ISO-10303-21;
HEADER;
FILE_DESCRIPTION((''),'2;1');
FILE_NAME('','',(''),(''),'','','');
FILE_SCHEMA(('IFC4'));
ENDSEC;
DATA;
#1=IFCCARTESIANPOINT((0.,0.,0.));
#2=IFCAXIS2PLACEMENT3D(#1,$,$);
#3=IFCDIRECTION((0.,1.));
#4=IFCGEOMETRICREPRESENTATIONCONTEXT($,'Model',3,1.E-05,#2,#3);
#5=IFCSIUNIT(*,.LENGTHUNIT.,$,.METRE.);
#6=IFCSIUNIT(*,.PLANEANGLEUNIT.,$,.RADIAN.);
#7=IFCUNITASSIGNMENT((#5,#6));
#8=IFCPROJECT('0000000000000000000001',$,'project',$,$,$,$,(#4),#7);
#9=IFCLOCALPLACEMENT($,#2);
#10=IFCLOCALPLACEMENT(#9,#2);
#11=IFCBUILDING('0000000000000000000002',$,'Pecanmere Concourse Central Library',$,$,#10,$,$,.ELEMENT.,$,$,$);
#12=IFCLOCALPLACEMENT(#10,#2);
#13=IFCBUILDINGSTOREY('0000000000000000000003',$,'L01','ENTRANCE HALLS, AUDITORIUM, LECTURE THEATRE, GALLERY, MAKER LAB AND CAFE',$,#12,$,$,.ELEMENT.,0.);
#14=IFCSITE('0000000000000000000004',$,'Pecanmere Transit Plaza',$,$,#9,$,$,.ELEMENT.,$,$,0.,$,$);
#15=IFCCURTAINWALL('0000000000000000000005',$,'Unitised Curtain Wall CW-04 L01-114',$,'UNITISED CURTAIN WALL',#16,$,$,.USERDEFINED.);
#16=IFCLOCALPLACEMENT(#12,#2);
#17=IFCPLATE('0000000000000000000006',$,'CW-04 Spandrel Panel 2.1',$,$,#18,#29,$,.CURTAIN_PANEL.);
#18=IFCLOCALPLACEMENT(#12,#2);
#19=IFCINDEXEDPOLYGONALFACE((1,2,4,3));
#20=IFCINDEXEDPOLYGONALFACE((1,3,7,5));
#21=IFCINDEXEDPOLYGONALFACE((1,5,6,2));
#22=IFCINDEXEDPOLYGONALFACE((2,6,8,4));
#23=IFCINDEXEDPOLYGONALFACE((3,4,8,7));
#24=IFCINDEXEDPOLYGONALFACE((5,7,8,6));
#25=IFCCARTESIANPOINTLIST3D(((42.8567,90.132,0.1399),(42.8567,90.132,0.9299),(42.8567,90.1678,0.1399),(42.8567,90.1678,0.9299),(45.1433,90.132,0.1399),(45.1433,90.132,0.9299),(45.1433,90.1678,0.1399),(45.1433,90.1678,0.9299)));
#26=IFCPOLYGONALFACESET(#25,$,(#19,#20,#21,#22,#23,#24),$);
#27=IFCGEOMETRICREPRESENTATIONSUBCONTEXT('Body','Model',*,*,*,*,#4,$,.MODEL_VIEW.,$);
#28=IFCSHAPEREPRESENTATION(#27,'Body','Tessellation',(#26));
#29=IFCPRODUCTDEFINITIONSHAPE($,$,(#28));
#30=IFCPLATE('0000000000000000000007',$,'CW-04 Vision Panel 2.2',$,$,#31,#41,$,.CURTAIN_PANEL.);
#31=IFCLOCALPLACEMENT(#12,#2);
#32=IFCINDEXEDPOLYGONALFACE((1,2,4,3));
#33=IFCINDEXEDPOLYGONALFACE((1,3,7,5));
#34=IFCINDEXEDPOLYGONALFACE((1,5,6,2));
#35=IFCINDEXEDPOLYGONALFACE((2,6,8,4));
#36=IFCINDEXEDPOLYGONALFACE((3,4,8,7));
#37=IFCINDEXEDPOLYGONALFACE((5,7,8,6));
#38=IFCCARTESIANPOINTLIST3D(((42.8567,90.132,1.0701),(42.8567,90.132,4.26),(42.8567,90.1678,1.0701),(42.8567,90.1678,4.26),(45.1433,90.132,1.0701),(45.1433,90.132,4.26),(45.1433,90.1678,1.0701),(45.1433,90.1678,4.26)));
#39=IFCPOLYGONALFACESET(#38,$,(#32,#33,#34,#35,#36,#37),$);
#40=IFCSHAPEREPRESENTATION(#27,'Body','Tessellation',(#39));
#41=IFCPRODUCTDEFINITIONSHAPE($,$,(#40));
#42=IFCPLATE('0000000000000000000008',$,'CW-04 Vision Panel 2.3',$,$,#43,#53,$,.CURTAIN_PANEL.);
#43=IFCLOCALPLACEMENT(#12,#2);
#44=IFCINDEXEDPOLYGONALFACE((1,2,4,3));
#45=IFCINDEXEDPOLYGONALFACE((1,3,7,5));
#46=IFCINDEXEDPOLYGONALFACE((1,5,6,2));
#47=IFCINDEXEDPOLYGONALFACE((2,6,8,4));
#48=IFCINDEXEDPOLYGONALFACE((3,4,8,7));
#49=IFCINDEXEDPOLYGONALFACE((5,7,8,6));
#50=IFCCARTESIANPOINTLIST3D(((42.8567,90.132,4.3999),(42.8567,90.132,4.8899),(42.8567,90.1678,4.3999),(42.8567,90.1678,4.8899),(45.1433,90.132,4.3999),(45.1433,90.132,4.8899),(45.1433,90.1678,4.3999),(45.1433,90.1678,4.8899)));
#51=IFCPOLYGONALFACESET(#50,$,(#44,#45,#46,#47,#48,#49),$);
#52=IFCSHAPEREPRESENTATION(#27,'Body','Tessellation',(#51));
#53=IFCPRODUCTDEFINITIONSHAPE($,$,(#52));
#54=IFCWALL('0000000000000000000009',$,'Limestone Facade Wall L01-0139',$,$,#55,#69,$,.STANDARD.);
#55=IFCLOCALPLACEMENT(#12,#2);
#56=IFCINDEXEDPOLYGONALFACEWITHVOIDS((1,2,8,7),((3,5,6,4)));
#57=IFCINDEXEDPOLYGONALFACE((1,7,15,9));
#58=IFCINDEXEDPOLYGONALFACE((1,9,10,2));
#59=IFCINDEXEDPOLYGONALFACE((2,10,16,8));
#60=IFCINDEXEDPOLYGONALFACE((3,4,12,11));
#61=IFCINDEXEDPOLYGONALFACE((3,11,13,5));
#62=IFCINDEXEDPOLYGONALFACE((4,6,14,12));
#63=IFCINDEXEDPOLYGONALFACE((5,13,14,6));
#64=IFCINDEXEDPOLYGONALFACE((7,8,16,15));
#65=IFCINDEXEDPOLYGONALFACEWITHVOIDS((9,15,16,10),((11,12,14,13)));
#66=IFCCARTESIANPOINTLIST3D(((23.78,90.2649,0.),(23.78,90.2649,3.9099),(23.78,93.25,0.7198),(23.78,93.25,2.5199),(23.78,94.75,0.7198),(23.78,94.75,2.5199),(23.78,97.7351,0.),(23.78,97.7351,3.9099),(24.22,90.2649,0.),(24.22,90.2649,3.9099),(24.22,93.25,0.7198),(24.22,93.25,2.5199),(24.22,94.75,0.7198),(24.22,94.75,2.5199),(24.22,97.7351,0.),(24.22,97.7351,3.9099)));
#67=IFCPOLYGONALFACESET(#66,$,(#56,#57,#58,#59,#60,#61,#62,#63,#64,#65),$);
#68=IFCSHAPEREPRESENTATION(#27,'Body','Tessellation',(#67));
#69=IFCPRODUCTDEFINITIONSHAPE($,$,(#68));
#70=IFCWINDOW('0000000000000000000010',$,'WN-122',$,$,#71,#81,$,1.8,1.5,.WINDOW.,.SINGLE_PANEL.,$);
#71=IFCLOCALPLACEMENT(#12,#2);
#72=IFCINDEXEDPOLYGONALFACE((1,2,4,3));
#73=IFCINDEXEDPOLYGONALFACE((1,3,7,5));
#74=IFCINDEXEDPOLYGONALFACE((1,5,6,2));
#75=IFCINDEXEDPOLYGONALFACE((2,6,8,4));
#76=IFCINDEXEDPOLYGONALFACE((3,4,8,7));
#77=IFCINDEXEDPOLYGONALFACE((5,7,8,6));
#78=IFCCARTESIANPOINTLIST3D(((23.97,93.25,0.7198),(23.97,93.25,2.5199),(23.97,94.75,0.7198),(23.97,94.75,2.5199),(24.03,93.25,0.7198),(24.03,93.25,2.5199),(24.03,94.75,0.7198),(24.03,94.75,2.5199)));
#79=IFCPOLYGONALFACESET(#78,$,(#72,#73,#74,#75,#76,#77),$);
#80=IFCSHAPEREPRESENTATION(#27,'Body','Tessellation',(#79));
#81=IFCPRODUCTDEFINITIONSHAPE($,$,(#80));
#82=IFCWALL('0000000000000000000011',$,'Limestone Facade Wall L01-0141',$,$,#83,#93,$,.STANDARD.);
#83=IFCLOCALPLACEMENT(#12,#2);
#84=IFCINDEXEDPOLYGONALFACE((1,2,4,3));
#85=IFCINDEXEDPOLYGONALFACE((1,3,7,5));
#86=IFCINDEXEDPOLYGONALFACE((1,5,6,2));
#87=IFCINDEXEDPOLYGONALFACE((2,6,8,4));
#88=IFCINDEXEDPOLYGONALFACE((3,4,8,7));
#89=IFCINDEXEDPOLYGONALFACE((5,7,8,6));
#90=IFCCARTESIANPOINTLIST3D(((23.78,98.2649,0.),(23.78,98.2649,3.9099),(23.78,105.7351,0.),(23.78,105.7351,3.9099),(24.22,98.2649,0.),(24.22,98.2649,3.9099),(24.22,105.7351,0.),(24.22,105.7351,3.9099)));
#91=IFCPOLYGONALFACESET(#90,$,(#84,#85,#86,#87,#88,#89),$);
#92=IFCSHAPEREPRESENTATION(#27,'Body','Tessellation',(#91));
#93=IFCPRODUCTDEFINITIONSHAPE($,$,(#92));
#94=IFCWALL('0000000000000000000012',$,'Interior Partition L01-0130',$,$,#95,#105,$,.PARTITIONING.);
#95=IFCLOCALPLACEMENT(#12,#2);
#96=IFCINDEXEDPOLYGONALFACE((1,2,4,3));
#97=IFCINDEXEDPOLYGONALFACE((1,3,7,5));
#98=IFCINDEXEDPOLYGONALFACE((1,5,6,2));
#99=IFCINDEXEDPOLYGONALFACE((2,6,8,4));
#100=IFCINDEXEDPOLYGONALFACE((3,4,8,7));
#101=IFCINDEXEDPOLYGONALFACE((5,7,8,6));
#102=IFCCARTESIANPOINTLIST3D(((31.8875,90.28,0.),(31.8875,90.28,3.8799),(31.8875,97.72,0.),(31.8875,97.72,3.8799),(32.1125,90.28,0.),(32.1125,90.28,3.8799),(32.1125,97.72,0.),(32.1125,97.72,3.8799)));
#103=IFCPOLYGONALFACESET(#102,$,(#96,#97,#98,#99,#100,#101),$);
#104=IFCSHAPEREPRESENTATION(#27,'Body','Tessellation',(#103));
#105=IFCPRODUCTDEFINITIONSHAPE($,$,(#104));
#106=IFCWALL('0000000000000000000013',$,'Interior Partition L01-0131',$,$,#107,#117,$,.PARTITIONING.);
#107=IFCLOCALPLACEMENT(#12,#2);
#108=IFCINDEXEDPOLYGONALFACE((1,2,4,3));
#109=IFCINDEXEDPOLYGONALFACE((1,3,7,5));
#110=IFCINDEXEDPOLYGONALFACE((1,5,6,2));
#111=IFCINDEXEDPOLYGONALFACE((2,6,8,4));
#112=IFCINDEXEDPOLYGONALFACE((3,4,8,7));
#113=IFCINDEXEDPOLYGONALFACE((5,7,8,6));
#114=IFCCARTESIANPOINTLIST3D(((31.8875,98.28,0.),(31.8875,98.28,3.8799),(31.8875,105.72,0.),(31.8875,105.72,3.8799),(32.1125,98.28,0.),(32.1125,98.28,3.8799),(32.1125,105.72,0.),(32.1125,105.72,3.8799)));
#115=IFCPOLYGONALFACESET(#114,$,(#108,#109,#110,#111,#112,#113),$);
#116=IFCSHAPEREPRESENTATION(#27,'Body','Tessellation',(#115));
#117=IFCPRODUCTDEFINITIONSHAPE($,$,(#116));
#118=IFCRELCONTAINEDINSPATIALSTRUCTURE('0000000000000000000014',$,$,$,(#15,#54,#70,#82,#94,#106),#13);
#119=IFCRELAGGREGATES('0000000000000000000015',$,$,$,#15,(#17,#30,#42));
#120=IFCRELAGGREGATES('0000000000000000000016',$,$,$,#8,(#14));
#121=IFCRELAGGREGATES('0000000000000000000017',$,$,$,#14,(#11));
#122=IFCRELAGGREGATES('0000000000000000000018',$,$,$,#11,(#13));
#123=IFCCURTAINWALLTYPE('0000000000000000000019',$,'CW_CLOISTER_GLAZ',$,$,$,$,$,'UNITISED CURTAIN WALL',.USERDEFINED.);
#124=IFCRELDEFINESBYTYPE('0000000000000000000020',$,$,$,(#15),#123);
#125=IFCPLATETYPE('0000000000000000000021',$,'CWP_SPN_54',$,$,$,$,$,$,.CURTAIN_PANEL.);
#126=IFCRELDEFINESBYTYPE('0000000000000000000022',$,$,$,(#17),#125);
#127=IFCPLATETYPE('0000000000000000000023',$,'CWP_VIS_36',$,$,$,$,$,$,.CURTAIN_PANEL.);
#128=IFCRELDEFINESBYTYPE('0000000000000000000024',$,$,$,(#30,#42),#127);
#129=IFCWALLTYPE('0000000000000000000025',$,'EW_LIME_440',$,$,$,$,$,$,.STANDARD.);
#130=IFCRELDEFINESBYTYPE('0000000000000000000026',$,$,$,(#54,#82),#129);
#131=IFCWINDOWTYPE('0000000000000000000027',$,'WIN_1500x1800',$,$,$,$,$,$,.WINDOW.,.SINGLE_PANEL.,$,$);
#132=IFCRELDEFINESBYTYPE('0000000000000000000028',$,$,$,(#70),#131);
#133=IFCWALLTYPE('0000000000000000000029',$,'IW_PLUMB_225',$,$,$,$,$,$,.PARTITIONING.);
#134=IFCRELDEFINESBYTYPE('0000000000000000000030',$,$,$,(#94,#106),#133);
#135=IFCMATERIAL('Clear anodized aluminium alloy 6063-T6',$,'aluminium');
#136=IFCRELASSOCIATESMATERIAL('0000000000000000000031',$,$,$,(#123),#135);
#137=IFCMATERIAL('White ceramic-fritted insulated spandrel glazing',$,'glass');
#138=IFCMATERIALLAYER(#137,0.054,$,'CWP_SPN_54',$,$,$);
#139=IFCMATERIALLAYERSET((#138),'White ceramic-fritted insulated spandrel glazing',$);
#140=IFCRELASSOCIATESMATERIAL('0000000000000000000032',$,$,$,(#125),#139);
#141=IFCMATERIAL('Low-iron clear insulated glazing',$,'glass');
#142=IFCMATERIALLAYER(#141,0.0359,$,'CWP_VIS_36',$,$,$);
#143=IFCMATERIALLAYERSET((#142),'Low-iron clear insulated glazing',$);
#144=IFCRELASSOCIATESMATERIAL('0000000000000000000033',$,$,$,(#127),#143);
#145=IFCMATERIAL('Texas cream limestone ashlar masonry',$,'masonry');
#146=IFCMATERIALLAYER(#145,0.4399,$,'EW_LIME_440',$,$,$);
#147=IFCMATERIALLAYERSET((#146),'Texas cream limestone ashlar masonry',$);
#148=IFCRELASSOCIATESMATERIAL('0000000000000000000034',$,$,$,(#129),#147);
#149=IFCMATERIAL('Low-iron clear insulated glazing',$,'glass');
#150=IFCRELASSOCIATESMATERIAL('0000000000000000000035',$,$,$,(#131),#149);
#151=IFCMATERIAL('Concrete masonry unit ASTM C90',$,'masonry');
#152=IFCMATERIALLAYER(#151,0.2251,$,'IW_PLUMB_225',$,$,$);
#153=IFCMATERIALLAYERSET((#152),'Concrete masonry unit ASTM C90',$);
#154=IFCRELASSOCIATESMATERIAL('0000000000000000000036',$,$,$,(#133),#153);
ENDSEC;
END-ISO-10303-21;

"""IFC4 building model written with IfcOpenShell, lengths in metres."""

from ifc_helpers import new_model, si_unit, direction, frame, frame_2d, origin, origin_2d, place, context, subcontext, project, spatial, rectangle, extrude, material, layer, layer_set, type_object, element, fill, aggregate, save


model = new_model("IFC4")

# Units and contexts
model_context = context("Model", 3, precision=1e-05, world=origin(), true_north=direction((0.0, 1.0)))
body_context = subcontext(model_context, "Body", "Model", "MODEL_VIEW")
ifc_project = project(units=[si_unit("LENGTHUNIT", "METRE"), si_unit("PLANEANGLEUNIT", "RADIAN")], contexts=[model_context])

# Site, building, storey
site_placement = place(None, origin())
site = spatial("IfcSite", under=ifc_project, at=site_placement, Name="Pecanmere Transit Plaza", CompositionType="ELEMENT", RefElevation=0.0)
building_placement = place(site_placement, origin())
building = spatial("IfcBuilding", under=site, at=building_placement, Name="Pecanmere Concourse Central Library", CompositionType="ELEMENT")
storey_placement = place(building_placement, origin())
storey = spatial("IfcBuildingStorey", under=building, at=storey_placement, Name="L01", Description="ENTRANCE HALLS, AUDITORIUM, LECTURE THEATRE, GALLERY, MAKER LAB AND CAFE", CompositionType="ELEMENT", Elevation=0.0)

# Curtain wall, plates
ifc_material_1 = material(Name="Clear anodized aluminium alloy 6063-T6", Category="aluminium")
curtain_wall_type = type_object("IfcCurtainWallType", Name="CW_CLOISTER_GLAZ", ElementType="UNITISED CURTAIN WALL", PredefinedType="USERDEFINED", material=ifc_material_1)
curtain_wall_placement = place(storey_placement, origin())
curtain_wall = element("IfcCurtainWall", 1, at=curtain_wall_placement, inside=storey, type_object=curtain_wall_type, Name="Unitised Curtain Wall CW-04 L01-114", ObjectType="UNITISED CURTAIN WALL", PredefinedType="USERDEFINED")
ifc_material_2 = material(Name="White ceramic-fritted insulated spandrel glazing", Category="glass")
ifc_layer_1 = layer(ifc_material_2, 0.054, Name="CWP_SPN_54")
ifc_layer_set_1 = layer_set([ifc_layer_1], Name="White ceramic-fritted insulated spandrel glazing")
plate_type_1 = type_object("IfcPlateType", Name="CWP_SPN_54", PredefinedType="CURTAIN_PANEL", material=ifc_layer_set_1)
plate_1_placement = place(storey_placement, frame((44.0, 90.1499, 0.1399), z_axis=(0.0, 0.0, 1.0), x_axis=(-1.0, 0.0, 0.0)))
plate_1 = element("IfcPlate", 2, at=plate_1_placement, type_object=plate_type_1, Name="CW-04 Spandrel Panel 2.1", PredefinedType="CURTAIN_PANEL", context=body_context, shape_type="SweptSolid", body=[
    extrude(rectangle(XDim=2.2866, YDim=0.0359, at=origin_2d()), origin(), (0.0, 0.0, 1.0), 0.79),
])
ifc_material_3 = material(Name="Low-iron clear insulated glazing", Category="glass")
ifc_layer_2 = layer(ifc_material_3, 0.0359, Name="CWP_VIS_36")
ifc_layer_set_2 = layer_set([ifc_layer_2], Name="Low-iron clear insulated glazing")
plate_type_2 = type_object("IfcPlateType", Name="CWP_VIS_36", PredefinedType="CURTAIN_PANEL", material=ifc_layer_set_2)
plate_2_placement = place(storey_placement, frame((44.0, 90.1499, 1.0701), z_axis=(0.0, 0.0, 1.0), x_axis=(-1.0, 0.0, 0.0)))
plate_2 = element("IfcPlate", 3, at=plate_2_placement, type_object=plate_type_2, Name="CW-04 Vision Panel 2.2", PredefinedType="CURTAIN_PANEL", context=body_context, shape_type="SweptSolid", body=[
    extrude(rectangle(XDim=2.2866, YDim=0.0359, at=origin_2d()), origin(), (0.0, 0.0, 1.0), 3.1899),
])
plate_3_placement = place(storey_placement, frame((44.0, 90.1499, 4.3999), z_axis=(0.0, 0.0, 1.0), x_axis=(-1.0, 0.0, 0.0)))
plate_3 = element("IfcPlate", 4, at=plate_3_placement, type_object=plate_type_2, Name="CW-04 Vision Panel 2.3", PredefinedType="CURTAIN_PANEL", context=body_context, shape_type="SweptSolid", body=[
    extrude(rectangle(XDim=2.2866, YDim=0.0359, at=origin_2d()), origin(), (0.0, 0.0, 1.0), 0.49),
])
aggregate(curtain_wall, [plate_1, plate_2, plate_3])

# Wall, opening, window
ifc_material_4 = material(Name="Texas cream limestone ashlar masonry", Category="masonry")
ifc_layer_3 = layer(ifc_material_4, 0.4399, Name="EW_LIME_440")
ifc_layer_set_3 = layer_set([ifc_layer_3], Name="Texas cream limestone ashlar masonry")
wall_type_1 = type_object("IfcWallType", Name="EW_LIME_440", PredefinedType="STANDARD", material=ifc_layer_set_3)
wall_1_placement = place(storey_placement, frame((24.0, 97.7351, 0.0), z_axis=(0.0, 0.0, 1.0), x_axis=(0.0, -1.0, 0.0)))
wall_1 = element("IfcWall", 5, at=wall_1_placement, inside=storey, type_object=wall_type_1, Name="Limestone Facade Wall L01-0139", PredefinedType="STANDARD", context=body_context, shape_type="SweptSolid", body=[
    extrude(rectangle(XDim=7.4702, YDim=0.4399, at=frame_2d((3.7351, 0.0))), origin(), (0.0, 0.0, 1.0), 3.9099),
])
opening_placement = place(wall_1_placement, frame((2.9851, 0.0, 0.72)))
opening = element("IfcOpeningElement", 6, at=opening_placement, cuts=wall_1, PredefinedType="OPENING", context=body_context, shape_type="SweptSolid", body=[
    extrude(rectangle(XDim=1.5, YDim=1.8, at=frame_2d((0.75, 0.8999))), frame((0.0, 0.2319, 0.0), z_axis=(0.0, -1.0, 0.0), x_axis=(1.0, 0.0, 0.0)), (0.0, 0.0, 1.0), 0.4639),
])
ifc_material_5 = material(Name="Low-iron clear insulated glazing", Category="glass")
window_type = type_object("IfcWindowType", Name="WIN_1500x1800", PartitioningType="SINGLE_PANEL", PredefinedType="WINDOW", material=ifc_material_5)
window_placement = place(opening_placement, origin())
window = element("IfcWindow", 7, at=window_placement, inside=storey, type_object=window_type, Name="WN-122", OverallHeight=1.8, OverallWidth=1.5, PartitioningType="SINGLE_PANEL", PredefinedType="WINDOW", context=body_context, shape_type="SweptSolid", body=[
    extrude(rectangle(XDim=1.5, YDim=1.8, at=frame_2d((0.75, 0.8999))), frame((0.0, 0.03, 0.0), z_axis=(0.0, -1.0, 0.0), x_axis=(1.0, 0.0, 0.0)), (0.0, 0.0, 1.0), 0.0601),
])
fill(opening, window)

# Walls
wall_2_placement = place(storey_placement, frame((24.0, 105.7351, 0.0), z_axis=(0.0, 0.0, 1.0), x_axis=(0.0, -1.0, 0.0)))
element("IfcWall", 8, at=wall_2_placement, inside=storey, type_object=wall_type_1, Name="Limestone Facade Wall L01-0141", PredefinedType="STANDARD", context=body_context, shape_type="SweptSolid", body=[
    extrude(rectangle(XDim=7.4702, YDim=0.4399, at=frame_2d((3.7351, 0.0))), origin(), (0.0, 0.0, 1.0), 3.9099),
])
ifc_material_6 = material(Name="Concrete masonry unit ASTM C90", Category="masonry")
ifc_layer_4 = layer(ifc_material_6, 0.2251, Name="IW_PLUMB_225")
ifc_layer_set_4 = layer_set([ifc_layer_4], Name="Concrete masonry unit ASTM C90")
wall_type_2 = type_object("IfcWallType", Name="IW_PLUMB_225", PredefinedType="PARTITIONING", material=ifc_layer_set_4)
for number, where, z_axis, x_axis, name in (
    (9, (32.0, 90.28, 0.0), (0.0, 0.0, 1.0), (0.0, 1.0, 0.0), "Interior Partition L01-0130"),
    (10, (32.0, 98.28, 0.0), (0.0, 0.0, 1.0), (0.0, 1.0, 0.0), "Interior Partition L01-0131"),
):
    element("IfcWall", number, at=place(storey_placement, frame(where, z_axis=z_axis, x_axis=x_axis)), inside=storey, type_object=wall_type_2, Name=name, PredefinedType="PARTITIONING", context=body_context, shape_type="SweptSolid", body=[
        extrude(rectangle(XDim=7.4399, YDim=0.2251, at=frame_2d((3.72, 0.0))), origin(), (0.0, 0.0, 1.0), 3.8799),
    ])

save(model, "model.ifc")
